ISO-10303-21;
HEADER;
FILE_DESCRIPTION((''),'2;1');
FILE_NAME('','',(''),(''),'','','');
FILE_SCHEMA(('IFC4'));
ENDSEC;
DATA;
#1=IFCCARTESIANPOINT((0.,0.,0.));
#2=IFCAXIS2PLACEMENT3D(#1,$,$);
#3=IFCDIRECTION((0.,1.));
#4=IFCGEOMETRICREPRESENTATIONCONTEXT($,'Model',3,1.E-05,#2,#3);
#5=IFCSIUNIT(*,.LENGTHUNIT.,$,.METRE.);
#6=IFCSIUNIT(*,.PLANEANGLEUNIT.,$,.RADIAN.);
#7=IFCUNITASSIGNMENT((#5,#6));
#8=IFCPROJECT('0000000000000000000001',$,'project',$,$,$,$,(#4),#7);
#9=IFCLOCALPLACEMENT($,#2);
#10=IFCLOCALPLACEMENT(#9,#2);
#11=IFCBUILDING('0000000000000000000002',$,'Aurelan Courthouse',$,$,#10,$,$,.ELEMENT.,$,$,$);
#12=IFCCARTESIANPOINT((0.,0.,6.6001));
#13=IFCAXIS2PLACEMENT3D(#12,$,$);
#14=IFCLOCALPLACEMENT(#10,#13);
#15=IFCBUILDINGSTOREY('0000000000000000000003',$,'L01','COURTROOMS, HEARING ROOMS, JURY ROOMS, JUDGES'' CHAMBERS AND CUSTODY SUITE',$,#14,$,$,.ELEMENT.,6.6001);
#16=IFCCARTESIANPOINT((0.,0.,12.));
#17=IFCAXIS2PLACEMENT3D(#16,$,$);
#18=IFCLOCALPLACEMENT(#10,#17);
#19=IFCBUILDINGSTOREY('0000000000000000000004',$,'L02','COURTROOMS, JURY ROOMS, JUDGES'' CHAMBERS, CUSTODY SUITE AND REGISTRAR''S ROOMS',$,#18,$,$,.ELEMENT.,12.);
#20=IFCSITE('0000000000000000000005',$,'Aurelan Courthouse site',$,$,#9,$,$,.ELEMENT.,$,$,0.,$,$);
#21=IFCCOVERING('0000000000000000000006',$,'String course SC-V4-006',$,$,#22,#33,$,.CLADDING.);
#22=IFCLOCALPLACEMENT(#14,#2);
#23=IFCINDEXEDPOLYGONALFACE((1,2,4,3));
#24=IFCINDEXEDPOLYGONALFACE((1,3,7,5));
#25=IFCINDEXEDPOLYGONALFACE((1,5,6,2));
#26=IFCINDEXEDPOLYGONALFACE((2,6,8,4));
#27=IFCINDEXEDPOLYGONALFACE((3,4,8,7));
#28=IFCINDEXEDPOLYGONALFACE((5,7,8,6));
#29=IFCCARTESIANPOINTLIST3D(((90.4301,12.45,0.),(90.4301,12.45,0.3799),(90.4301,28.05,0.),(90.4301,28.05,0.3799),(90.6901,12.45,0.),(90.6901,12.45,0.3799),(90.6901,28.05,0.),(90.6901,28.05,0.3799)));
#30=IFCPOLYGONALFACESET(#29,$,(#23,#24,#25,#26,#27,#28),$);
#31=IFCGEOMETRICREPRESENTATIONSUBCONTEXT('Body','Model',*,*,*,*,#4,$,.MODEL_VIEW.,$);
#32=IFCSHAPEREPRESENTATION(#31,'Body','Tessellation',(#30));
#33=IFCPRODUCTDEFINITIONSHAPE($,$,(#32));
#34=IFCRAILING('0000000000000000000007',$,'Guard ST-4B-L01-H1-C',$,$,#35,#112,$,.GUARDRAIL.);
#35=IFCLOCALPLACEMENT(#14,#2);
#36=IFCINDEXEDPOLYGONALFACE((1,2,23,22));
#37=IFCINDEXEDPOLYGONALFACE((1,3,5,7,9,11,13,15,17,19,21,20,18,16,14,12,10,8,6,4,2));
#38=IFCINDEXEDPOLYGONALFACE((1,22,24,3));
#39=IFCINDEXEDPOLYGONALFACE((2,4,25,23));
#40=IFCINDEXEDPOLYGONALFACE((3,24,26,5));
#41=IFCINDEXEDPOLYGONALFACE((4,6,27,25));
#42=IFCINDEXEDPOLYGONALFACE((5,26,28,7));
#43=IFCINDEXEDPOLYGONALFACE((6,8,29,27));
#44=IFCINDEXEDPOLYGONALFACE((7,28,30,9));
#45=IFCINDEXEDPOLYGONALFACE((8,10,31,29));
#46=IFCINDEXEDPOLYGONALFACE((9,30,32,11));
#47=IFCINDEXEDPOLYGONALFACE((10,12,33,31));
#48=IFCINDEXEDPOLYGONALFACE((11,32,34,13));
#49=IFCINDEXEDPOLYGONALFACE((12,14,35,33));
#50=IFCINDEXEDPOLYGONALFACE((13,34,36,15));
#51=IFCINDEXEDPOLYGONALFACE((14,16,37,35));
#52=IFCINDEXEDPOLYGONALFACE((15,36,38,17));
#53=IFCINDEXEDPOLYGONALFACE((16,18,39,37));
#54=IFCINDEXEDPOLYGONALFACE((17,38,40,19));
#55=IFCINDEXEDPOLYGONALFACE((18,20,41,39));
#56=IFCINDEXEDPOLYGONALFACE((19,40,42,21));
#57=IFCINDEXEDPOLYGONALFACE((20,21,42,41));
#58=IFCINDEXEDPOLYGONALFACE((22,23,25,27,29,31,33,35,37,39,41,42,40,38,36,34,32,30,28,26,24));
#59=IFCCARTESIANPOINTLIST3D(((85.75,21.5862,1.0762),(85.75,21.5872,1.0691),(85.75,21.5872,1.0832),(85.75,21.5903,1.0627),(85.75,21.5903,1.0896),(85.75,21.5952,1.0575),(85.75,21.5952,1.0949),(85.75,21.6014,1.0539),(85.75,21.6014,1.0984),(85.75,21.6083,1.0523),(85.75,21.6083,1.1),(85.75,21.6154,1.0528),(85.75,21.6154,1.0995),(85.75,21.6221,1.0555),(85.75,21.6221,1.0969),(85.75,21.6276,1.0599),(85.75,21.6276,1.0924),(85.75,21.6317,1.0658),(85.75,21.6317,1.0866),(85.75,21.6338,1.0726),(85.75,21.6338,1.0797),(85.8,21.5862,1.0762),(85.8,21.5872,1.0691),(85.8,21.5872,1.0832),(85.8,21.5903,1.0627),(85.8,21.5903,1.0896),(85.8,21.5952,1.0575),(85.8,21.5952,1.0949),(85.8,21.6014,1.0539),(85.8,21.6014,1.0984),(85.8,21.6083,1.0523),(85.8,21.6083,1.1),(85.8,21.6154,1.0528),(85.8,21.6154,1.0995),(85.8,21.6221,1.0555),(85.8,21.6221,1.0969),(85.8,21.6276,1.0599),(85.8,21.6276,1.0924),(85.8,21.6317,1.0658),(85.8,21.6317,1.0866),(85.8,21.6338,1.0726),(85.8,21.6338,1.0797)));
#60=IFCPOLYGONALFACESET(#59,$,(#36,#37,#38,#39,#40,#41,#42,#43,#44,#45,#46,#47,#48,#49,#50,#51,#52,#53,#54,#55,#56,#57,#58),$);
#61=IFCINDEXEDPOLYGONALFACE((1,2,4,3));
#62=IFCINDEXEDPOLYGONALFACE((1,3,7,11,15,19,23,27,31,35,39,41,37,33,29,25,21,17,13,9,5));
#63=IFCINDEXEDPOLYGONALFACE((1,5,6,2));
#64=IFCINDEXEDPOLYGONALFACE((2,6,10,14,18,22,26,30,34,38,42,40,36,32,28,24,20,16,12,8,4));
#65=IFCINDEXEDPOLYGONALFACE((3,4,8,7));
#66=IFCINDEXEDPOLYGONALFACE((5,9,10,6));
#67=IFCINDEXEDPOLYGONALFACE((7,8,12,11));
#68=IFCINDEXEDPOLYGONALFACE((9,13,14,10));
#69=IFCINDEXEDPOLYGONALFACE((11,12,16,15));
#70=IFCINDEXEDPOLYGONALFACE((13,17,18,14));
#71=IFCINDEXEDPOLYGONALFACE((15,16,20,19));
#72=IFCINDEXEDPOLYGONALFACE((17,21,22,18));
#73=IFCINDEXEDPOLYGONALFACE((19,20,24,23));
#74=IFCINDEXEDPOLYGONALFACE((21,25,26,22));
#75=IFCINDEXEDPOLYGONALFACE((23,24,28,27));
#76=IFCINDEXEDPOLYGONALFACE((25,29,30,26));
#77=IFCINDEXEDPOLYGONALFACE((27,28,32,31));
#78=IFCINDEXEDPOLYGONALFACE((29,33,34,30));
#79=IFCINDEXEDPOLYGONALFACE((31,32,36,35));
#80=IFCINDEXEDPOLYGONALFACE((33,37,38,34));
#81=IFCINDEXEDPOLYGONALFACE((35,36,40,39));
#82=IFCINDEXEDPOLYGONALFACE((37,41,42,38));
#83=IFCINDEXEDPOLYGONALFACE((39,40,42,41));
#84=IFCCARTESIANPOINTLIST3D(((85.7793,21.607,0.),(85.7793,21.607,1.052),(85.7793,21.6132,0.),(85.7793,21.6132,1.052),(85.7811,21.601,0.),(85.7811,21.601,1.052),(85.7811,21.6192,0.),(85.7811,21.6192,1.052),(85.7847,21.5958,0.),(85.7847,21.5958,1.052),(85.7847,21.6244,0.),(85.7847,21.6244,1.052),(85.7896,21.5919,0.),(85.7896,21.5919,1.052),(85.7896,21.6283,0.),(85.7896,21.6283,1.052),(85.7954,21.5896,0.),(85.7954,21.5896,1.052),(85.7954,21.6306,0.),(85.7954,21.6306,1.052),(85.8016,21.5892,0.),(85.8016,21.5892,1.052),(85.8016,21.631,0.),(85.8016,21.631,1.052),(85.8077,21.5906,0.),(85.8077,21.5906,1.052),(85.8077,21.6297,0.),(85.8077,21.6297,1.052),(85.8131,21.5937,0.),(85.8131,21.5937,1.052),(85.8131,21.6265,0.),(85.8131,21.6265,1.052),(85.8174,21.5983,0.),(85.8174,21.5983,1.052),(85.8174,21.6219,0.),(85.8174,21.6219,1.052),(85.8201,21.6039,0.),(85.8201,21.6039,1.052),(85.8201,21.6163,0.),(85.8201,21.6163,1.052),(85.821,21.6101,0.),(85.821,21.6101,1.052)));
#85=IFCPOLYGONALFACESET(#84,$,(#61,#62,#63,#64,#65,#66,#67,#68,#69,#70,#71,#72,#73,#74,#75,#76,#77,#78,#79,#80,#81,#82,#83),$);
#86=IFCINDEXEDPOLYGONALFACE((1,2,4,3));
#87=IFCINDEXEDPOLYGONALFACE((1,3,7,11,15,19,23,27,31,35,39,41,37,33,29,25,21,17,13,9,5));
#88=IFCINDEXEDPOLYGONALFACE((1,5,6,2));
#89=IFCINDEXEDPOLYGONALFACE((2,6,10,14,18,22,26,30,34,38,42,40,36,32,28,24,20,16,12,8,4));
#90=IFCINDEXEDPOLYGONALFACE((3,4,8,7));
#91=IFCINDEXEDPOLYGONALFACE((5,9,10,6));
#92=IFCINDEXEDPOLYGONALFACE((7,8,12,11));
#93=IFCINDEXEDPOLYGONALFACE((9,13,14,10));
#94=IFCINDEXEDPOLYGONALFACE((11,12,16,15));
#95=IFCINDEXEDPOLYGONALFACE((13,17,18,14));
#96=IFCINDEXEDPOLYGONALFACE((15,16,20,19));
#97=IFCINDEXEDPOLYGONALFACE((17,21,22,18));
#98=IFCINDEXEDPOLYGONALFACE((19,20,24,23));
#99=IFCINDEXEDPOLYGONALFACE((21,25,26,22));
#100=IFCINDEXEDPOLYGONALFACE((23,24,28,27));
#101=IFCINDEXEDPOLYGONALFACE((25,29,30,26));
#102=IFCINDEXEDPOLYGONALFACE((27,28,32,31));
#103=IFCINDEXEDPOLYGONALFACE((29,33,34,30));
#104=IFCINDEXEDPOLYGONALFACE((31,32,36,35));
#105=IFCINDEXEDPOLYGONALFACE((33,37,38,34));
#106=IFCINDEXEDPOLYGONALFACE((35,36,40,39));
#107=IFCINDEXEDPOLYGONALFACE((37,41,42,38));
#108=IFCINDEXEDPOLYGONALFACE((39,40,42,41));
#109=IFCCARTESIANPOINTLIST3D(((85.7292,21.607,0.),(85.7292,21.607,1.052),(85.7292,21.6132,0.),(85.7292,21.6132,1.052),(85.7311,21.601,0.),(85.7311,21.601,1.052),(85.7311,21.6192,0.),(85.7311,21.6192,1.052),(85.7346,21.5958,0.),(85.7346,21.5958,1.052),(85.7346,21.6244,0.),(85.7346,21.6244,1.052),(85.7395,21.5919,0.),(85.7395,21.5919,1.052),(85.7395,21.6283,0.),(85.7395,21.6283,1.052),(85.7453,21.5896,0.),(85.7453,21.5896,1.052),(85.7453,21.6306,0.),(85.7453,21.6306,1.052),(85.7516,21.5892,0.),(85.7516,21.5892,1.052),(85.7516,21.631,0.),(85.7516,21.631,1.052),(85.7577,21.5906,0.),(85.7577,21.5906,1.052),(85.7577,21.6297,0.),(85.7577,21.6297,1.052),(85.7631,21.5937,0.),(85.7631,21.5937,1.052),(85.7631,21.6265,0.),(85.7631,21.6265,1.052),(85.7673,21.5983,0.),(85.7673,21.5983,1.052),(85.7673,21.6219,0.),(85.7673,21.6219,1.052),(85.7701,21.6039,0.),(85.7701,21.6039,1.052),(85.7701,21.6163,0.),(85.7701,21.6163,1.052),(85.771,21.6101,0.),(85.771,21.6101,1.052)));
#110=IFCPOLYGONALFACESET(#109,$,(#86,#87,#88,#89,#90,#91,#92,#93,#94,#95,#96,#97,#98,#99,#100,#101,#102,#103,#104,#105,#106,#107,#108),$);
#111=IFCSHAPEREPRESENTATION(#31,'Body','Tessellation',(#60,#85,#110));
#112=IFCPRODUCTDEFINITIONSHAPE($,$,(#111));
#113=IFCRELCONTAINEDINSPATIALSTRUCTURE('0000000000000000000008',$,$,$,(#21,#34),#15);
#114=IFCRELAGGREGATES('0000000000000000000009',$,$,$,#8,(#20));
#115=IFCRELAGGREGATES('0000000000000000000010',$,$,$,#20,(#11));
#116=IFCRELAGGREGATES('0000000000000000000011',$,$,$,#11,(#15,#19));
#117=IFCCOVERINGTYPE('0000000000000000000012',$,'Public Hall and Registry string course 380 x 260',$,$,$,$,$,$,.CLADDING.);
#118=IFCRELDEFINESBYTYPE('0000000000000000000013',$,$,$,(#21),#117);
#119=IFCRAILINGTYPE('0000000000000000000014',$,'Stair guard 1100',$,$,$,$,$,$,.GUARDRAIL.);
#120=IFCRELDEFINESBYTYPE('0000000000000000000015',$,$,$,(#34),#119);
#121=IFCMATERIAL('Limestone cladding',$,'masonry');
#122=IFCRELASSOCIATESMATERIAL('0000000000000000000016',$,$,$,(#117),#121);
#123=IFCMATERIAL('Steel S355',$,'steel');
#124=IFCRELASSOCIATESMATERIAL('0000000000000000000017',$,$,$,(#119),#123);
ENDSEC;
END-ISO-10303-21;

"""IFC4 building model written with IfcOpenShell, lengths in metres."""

from ifc_helpers import new_model, si_unit, direction, frame, origin, origin_2d, place, context, subcontext, project, spatial, rectangle, circle, extrude, material, type_object, element, save


model = new_model("IFC4")

# Units and contexts
model_context = context("Model", 3, precision=1e-05, world=origin(), true_north=direction((0.0, 1.0)))
body_context = subcontext(model_context, "Body", "Model", "MODEL_VIEW")
ifc_project = project(units=[si_unit("LENGTHUNIT", "METRE"), si_unit("PLANEANGLEUNIT", "RADIAN")], contexts=[model_context])

# Site, building, storey
site_placement = place(None, origin())
site = spatial("IfcSite", under=ifc_project, at=site_placement, Name="Aurelan Courthouse site", CompositionType="ELEMENT", RefElevation=0.0)
building_placement = place(site_placement, origin())
building = spatial("IfcBuilding", under=site, at=building_placement, Name="Aurelan Courthouse", CompositionType="ELEMENT")
storey_1_placement = place(building_placement, frame((0.0, 0.0, 6.6001)))
storey_1 = spatial("IfcBuildingStorey", under=building, at=storey_1_placement, Name="L01", Description="COURTROOMS, HEARING ROOMS, JURY ROOMS, JUDGES' CHAMBERS AND CUSTODY SUITE", CompositionType="ELEMENT", Elevation=6.6001)

# Shared definitions
storey_2_placement = place(building_placement, frame((0.0, 0.0, 12.0)))
storey_2 = spatial("IfcBuildingStorey", under=building, at=storey_2_placement, Name="L02", Description="COURTROOMS, JURY ROOMS, JUDGES' CHAMBERS, CUSTODY SUITE AND REGISTRAR'S ROOMS", CompositionType="ELEMENT", Elevation=12.0)

# Shared definitions
ifc_material_1 = material(Name="Limestone cladding", Category="masonry")

# Covering
covering_type_1 = type_object("IfcCoveringType", Name="Public Hall and Registry string course 380 x 260", PredefinedType="CLADDING", material=ifc_material_1)
covering_1_placement = place(storey_1_placement, frame((90.5601, 20.25, 0.0), z_axis=(0.0, 0.0, 1.0), x_axis=(1.0, 0.0, 0.0)))
element("IfcCovering", 1, at=covering_1_placement, inside=storey_1, type_object=covering_type_1, Name="String course SC-V4-006", PredefinedType="CLADDING", context=body_context, shape_type="SweptSolid", body=[
    extrude(rectangle(XDim=0.26, YDim=15.6001, at=origin_2d()), origin(), (0.0, 0.0, 1.0), 0.3799),
])

# Railing
ifc_material_2 = material(Name="Steel S355", Category="steel")
railing_type_1 = type_object("IfcRailingType", Name="Stair guard 1100", PredefinedType="GUARDRAIL", material=ifc_material_2)
railing_placement = place(storey_1_placement, frame((85.8, 21.6101, 0.0)))
element("IfcRailing", 2, at=railing_placement, inside=storey_1, type_object=railing_type_1, Name="Guard ST-4B-L01-H1-C", PredefinedType="GUARDRAIL", context=body_context, shape_type="SweptSolid", body=[
    extrude(circle(Radius=0.0239, at=origin_2d()), frame((0.0, 0.0, 1.0762), z_axis=(-1.0, 0.0, 0.0), x_axis=(0.0, -1.0, 0.0)), (0.0, 0.0, 1.0), 0.05),
    extrude(circle(Radius=0.021, at=origin_2d()), origin(), (0.0, 0.0, 1.0), 1.052),
    extrude(circle(Radius=0.021, at=origin_2d()), frame((-0.05, 0.0, 0.0)), (0.0, 0.0, 1.0), 1.052),
])

save(model, "model.ifc")
